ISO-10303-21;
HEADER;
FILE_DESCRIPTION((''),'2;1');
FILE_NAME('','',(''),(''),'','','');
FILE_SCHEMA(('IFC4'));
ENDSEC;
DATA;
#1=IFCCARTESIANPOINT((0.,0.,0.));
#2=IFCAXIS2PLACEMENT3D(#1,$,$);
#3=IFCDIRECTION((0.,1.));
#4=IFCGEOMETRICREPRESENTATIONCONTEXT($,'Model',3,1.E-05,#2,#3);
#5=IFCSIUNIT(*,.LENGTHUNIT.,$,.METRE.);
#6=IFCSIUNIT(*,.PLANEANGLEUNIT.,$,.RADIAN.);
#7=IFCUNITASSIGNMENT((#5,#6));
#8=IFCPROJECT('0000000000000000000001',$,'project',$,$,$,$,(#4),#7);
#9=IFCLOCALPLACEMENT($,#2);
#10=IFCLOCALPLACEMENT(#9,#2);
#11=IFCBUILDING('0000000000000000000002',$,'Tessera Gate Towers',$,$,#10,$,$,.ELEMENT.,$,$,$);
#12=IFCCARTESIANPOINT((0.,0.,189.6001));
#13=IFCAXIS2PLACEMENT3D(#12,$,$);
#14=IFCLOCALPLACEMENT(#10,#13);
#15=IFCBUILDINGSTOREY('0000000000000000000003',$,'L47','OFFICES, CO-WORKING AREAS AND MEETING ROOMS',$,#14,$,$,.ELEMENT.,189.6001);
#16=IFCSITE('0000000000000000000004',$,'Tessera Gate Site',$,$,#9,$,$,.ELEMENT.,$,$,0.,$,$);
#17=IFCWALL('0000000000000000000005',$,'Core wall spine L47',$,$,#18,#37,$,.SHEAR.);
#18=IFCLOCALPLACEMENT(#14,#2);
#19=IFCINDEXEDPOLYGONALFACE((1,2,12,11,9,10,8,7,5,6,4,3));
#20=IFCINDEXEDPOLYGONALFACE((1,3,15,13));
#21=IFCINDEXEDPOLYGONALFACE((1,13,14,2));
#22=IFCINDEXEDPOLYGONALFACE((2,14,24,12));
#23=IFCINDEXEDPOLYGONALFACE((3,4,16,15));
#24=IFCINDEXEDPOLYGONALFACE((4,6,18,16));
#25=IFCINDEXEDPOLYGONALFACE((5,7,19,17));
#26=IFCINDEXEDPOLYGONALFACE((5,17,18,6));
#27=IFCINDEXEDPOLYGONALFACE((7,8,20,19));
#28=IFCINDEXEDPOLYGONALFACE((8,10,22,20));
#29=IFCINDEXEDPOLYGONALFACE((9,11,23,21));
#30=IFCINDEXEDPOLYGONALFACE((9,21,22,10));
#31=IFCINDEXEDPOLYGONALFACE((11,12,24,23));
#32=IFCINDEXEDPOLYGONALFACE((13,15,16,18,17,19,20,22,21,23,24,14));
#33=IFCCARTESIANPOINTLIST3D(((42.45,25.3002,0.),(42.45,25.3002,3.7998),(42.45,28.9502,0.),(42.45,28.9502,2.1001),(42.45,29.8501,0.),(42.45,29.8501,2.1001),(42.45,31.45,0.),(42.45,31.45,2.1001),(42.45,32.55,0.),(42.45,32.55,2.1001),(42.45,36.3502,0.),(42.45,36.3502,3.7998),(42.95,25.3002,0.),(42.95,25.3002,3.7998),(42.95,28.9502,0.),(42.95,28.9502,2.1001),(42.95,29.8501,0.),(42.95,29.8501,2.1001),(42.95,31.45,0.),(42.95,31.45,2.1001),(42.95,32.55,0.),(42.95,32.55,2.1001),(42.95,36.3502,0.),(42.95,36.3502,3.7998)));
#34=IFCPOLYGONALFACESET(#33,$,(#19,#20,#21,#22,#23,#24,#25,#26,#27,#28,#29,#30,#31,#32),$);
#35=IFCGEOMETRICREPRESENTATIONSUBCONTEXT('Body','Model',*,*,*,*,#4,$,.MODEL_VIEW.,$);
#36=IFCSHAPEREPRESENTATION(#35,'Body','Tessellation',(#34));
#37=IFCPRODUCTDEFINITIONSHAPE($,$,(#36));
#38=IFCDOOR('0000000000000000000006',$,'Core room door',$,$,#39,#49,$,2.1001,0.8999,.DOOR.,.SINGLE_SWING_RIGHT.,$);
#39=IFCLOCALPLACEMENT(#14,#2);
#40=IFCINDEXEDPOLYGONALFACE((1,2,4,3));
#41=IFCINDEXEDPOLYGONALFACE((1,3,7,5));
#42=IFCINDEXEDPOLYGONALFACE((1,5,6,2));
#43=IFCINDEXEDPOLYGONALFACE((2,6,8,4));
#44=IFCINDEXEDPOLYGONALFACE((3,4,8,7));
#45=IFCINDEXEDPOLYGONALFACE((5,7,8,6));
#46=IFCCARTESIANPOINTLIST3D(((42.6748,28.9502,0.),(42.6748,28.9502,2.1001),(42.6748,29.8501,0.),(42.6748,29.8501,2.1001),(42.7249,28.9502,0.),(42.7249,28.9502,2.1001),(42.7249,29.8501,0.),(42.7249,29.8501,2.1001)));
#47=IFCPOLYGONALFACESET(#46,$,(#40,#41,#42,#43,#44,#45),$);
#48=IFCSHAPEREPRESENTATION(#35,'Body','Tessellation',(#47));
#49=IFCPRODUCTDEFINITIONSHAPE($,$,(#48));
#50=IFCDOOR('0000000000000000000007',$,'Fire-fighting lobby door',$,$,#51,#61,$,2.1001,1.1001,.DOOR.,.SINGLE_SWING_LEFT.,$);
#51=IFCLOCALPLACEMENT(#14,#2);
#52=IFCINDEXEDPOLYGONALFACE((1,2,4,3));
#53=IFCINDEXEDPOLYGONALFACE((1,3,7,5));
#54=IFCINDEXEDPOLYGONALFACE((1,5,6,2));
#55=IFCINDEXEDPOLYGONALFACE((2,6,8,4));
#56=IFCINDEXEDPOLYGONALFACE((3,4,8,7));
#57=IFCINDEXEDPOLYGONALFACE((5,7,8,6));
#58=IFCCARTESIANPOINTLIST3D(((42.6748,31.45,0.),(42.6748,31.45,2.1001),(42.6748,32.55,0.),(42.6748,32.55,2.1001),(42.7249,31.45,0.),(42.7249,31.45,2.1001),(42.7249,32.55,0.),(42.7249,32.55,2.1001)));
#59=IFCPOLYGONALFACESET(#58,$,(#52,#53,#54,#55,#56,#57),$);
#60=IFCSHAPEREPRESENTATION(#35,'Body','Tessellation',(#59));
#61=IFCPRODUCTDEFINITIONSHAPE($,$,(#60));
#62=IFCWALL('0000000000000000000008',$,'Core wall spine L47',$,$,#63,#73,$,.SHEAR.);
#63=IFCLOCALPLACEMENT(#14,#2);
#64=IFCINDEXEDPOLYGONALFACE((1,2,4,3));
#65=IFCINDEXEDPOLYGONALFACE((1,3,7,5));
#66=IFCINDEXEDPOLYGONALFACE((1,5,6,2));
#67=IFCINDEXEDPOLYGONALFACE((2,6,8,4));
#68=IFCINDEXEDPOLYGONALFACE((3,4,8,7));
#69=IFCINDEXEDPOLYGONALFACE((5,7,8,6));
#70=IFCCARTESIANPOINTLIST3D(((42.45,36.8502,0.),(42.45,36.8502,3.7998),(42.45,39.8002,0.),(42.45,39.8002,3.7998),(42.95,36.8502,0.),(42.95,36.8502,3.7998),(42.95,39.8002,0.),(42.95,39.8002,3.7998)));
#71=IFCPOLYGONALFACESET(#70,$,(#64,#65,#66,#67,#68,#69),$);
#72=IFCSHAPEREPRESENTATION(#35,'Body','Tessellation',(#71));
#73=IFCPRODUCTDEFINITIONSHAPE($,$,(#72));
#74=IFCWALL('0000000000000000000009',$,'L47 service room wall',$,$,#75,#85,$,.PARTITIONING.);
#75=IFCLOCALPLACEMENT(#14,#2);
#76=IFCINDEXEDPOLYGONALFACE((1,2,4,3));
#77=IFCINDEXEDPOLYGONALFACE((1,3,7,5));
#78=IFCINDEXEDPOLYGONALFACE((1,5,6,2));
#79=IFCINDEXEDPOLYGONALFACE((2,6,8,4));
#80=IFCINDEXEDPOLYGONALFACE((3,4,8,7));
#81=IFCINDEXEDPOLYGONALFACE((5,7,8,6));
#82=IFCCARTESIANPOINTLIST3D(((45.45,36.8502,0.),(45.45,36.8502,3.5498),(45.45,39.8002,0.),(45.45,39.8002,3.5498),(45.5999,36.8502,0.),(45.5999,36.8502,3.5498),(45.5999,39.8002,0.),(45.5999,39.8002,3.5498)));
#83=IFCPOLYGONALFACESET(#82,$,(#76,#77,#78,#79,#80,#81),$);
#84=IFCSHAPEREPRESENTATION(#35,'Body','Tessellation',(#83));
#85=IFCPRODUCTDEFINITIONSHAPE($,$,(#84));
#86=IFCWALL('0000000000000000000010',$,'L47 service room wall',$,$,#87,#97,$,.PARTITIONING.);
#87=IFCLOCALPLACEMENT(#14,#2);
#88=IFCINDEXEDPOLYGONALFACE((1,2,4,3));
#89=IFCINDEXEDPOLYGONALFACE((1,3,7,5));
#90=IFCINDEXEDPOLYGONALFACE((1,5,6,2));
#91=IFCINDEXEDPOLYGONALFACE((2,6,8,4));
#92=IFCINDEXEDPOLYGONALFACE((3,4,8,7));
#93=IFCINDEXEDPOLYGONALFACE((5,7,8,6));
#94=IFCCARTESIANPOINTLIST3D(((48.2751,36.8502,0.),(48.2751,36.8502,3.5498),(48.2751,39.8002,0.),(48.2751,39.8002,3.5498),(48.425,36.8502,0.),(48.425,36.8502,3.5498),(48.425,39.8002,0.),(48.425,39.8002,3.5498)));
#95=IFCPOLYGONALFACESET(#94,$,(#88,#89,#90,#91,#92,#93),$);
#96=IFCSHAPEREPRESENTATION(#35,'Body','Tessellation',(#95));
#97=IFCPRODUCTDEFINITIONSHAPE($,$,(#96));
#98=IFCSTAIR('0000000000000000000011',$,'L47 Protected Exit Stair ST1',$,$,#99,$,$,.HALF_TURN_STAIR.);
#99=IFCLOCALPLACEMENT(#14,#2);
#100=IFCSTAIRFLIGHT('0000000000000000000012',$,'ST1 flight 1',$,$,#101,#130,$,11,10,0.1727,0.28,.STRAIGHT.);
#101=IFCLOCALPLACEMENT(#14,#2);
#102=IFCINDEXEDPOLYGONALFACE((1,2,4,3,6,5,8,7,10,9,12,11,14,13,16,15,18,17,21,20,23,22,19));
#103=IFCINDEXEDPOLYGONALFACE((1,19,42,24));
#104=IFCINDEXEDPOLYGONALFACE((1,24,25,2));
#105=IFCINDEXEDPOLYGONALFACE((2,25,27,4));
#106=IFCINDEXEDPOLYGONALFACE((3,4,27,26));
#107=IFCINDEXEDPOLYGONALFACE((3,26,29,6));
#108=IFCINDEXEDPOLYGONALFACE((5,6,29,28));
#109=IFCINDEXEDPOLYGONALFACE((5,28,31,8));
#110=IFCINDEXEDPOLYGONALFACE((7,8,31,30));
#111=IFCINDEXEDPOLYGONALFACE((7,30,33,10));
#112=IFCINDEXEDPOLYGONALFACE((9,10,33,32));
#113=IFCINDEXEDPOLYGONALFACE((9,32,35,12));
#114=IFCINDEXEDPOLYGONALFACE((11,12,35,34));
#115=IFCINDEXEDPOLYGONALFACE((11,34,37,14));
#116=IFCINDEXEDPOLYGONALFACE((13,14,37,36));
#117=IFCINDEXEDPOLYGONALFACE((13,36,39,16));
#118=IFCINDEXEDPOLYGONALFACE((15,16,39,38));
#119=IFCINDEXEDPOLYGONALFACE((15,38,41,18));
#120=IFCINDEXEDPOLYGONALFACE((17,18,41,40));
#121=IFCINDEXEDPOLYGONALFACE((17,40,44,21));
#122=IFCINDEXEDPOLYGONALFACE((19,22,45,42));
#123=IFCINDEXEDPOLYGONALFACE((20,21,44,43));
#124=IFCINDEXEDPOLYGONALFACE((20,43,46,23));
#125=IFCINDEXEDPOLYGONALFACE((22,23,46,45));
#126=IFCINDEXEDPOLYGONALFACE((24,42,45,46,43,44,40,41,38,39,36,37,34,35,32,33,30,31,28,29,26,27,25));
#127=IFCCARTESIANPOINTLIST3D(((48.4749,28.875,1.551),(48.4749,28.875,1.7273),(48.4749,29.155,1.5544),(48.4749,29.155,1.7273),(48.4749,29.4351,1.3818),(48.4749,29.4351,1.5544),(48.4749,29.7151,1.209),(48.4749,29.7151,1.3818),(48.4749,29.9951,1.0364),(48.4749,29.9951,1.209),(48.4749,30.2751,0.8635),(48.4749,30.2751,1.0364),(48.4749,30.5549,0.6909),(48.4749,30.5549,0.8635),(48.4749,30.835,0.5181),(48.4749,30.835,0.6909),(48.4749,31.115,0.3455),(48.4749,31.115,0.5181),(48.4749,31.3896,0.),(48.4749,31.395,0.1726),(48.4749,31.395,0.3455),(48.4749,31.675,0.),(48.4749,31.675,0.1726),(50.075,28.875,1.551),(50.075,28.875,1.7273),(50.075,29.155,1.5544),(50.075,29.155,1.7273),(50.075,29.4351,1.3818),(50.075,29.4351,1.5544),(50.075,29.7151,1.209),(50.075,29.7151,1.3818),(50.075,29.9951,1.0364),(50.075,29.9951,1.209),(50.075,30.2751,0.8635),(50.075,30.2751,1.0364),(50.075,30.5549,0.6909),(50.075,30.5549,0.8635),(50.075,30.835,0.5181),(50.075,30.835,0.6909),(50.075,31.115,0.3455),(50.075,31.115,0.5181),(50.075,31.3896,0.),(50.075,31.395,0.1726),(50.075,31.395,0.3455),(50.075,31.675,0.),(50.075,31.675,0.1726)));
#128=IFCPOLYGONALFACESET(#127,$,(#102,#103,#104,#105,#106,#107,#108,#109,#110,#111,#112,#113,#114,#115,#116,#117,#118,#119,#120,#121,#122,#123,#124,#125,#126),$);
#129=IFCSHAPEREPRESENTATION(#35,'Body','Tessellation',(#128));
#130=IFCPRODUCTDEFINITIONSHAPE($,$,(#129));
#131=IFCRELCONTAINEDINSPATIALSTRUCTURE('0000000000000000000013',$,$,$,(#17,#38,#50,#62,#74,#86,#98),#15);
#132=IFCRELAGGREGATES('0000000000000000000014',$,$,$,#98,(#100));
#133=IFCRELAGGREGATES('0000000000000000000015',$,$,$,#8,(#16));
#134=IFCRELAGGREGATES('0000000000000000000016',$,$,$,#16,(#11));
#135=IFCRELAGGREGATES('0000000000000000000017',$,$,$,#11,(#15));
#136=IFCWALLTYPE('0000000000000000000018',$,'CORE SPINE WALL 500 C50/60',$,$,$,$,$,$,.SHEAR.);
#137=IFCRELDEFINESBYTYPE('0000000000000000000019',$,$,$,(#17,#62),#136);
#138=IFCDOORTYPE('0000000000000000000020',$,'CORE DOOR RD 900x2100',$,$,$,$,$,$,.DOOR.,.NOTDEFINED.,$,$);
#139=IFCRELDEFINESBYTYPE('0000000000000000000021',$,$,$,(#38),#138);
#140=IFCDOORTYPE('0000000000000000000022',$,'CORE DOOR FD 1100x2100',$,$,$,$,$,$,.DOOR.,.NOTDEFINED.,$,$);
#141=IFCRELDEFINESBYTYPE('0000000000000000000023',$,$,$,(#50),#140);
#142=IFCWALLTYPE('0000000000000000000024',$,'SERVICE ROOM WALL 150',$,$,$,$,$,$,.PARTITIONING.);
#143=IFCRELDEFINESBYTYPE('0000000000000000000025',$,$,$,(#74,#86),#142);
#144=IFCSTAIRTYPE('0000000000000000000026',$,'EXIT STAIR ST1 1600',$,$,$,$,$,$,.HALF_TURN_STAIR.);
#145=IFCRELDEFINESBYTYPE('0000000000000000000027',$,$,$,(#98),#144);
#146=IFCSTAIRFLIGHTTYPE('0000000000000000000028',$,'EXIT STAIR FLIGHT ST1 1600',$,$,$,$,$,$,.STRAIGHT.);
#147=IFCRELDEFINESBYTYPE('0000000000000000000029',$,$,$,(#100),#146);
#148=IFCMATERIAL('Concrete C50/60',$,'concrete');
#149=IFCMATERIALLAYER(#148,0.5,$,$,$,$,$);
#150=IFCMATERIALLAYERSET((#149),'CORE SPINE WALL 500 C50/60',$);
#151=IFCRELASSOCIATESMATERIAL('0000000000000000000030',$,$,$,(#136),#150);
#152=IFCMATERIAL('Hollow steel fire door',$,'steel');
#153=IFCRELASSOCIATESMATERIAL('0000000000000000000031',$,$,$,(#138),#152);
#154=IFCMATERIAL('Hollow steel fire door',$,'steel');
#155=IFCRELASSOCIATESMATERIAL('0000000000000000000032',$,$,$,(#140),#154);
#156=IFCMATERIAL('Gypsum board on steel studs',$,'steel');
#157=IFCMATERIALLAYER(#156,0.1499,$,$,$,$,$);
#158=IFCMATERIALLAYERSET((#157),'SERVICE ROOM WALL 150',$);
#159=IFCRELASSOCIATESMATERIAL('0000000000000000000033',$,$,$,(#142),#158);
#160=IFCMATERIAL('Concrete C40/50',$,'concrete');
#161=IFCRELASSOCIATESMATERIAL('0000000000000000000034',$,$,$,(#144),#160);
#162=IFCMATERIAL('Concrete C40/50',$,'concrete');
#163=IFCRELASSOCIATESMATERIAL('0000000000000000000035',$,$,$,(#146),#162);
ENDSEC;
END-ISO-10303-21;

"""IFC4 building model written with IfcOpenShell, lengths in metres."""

from ifc_helpers import new_model, si_unit, direction, frame, frame_2d, origin, place, context, subcontext, project, spatial, polyline, rectangle, outline, extrude, source, transform, mapped, material, layer, layer_set, type_object, element, fill, aggregate, save


model = new_model("IFC4")

# Units and contexts
model_context = context("Model", 3, precision=1e-05, world=origin(), true_north=direction((0.0, 1.0)))
body_context = subcontext(model_context, "Body", "Model", "MODEL_VIEW")
ifc_project = project(units=[si_unit("LENGTHUNIT", "METRE"), si_unit("PLANEANGLEUNIT", "RADIAN")], contexts=[model_context])

# Site, building, storey
site_placement = place(None, origin())
site = spatial("IfcSite", under=ifc_project, at=site_placement, Name="Tessera Gate Site", CompositionType="ELEMENT", RefElevation=0.0)
building_placement = place(site_placement, origin())
building = spatial("IfcBuilding", under=site, at=building_placement, Name="Tessera Gate Towers", CompositionType="ELEMENT")
storey_placement = place(building_placement, frame((0.0, 0.0, 189.6001)))
storey = spatial("IfcBuildingStorey", under=building, at=storey_placement, Name="L47", Description="OFFICES, CO-WORKING AREAS AND MEETING ROOMS", CompositionType="ELEMENT", Elevation=189.6001)

# Wall, openings, doors
ifc_material_1 = material(Name="Concrete C50/60", Category="concrete")
ifc_layer_1 = layer(ifc_material_1, 0.5)
ifc_layer_set_1 = layer_set([ifc_layer_1], Name="CORE SPINE WALL 500 C50/60")
wall_type_1 = type_object("IfcWallType", Name="CORE SPINE WALL 500 C50/60", PredefinedType="SHEAR", material=ifc_layer_set_1)
wall_1_placement = place(storey_placement, frame((42.7, 36.3501, 0.0), z_axis=(0.0, 0.0, 1.0), x_axis=(0.0, -1.0, 0.0)))
wall_1 = element("IfcWall", 1, at=wall_1_placement, inside=storey, type_object=wall_type_1, Name="Core wall spine L47", PredefinedType="SHEAR", context=body_context, shape_type="SweptSolid", body=[
    extrude(rectangle(XDim=11.05, YDim=0.5, at=frame_2d((5.5249, 0.0))), origin(), (0.0, 0.0, 1.0), 3.7998),
])
shared_shape_1 = source(origin(), body_context, "Body", "SweptSolid", [
    extrude(rectangle(XDim=0.8999, YDim=2.1001, at=frame_2d((0.45, 1.05))), frame((0.0, 0.26, 0.0), z_axis=(0.0, -1.0, 0.0), x_axis=(1.0, 0.0, 0.0)), (0.0, 0.0, 1.0), 0.52),
])
opening_1_placement = place(wall_1_placement, frame((6.5, 0.0, 0.0)))
opening_1 = element("IfcOpeningElement", 2, at=opening_1_placement, cuts=wall_1, PredefinedType="OPENING", context=body_context, shape_type="MappedRepresentation", body=[
    mapped(shared_shape_1, transform((0.0, 0.0, 0.0), scale=1.0)),
])
shared_shape_2 = source(origin(), body_context, "Body", "SweptSolid", [
    extrude(rectangle(XDim=1.1001, YDim=2.1001, at=frame_2d((0.55, 1.05))), frame((0.0, 0.26, 0.0), z_axis=(0.0, -1.0, 0.0), x_axis=(1.0, 0.0, 0.0)), (0.0, 0.0, 1.0), 0.52),
])
opening_2_placement = place(wall_1_placement, frame((3.8, 0.0, 0.0)))
opening_2 = element("IfcOpeningElement", 3, at=opening_2_placement, cuts=wall_1, PredefinedType="OPENING", context=body_context, shape_type="MappedRepresentation", body=[
    mapped(shared_shape_2, transform((0.0, 0.0, 0.0), scale=1.0)),
])
ifc_material_2 = material(Name="Hollow steel fire door", Category="steel")
door_type_1 = type_object("IfcDoorType", Name="CORE DOOR RD 900x2100", OperationType="NOTDEFINED", PredefinedType="DOOR", material=ifc_material_2)
shared_shape_3 = source(origin(), body_context, "Body", "SweptSolid", [
    extrude(rectangle(XDim=0.8999, YDim=2.1001, at=frame_2d((0.45, 1.05))), frame((0.0, 0.0249, 0.0), z_axis=(0.0, -1.0, 0.0), x_axis=(1.0, 0.0, 0.0)), (0.0, 0.0, 1.0), 0.05),
])
door_1_placement = place(opening_1_placement, origin())
door_1 = element("IfcDoor", 4, at=door_1_placement, inside=storey, type_object=door_type_1, Name="Core room door", OperationType="SINGLE_SWING_RIGHT", OverallHeight=2.1001, OverallWidth=0.8999, PredefinedType="DOOR", context=body_context, shape_type="MappedRepresentation", body=[
    mapped(shared_shape_3, transform((0.0, 0.0, 0.0), scale=1.0)),
])
fill(opening_1, door_1)
ifc_material_3 = material(Name="Hollow steel fire door", Category="steel")
door_type_2 = type_object("IfcDoorType", Name="CORE DOOR FD 1100x2100", OperationType="NOTDEFINED", PredefinedType="DOOR", material=ifc_material_3)
shared_shape_4 = source(origin(), body_context, "Body", "SweptSolid", [
    extrude(rectangle(XDim=1.1001, YDim=2.1001, at=frame_2d((0.55, 1.05))), frame((0.0, 0.0249, 0.0), z_axis=(0.0, -1.0, 0.0), x_axis=(1.0, 0.0, 0.0)), (0.0, 0.0, 1.0), 0.05),
])
door_2_placement = place(opening_2_placement, origin())
door_2 = element("IfcDoor", 5, at=door_2_placement, inside=storey, type_object=door_type_2, Name="Fire-fighting lobby door", OperationType="SINGLE_SWING_LEFT", OverallHeight=2.1001, OverallWidth=1.1001, PredefinedType="DOOR", context=body_context, shape_type="MappedRepresentation", body=[
    mapped(shared_shape_4, transform((0.0, 0.0, 0.0), scale=1.0)),
])
fill(opening_2, door_2)

# Walls
wall_2_placement = place(storey_placement, frame((42.7, 36.8501, 0.0), z_axis=(0.0, 0.0, 1.0), x_axis=(0.0, 1.0, 0.0)))
element("IfcWall", 6, at=wall_2_placement, inside=storey, type_object=wall_type_1, Name="Core wall spine L47", PredefinedType="SHEAR", context=body_context, shape_type="SweptSolid", body=[
    extrude(rectangle(XDim=2.95, YDim=0.5, at=frame_2d((1.4751, 0.0))), origin(), (0.0, 0.0, 1.0), 3.7998),
])
ifc_material_4 = material(Name="Gypsum board on steel studs", Category="steel")
ifc_layer_2 = layer(ifc_material_4, 0.1499)
ifc_layer_set_2 = layer_set([ifc_layer_2], Name="SERVICE ROOM WALL 150")
wall_type_2 = type_object("IfcWallType", Name="SERVICE ROOM WALL 150", PredefinedType="PARTITIONING", material=ifc_layer_set_2)
for number, where, z_axis, x_axis, name in (
    (7, (45.5249, 36.8501, 0.0), (0.0, 0.0, 1.0), (0.0, 1.0, 0.0), "L47 service room wall"),
    (8, (48.3501, 36.8501, 0.0), (0.0, 0.0, 1.0), (0.0, 1.0, 0.0), "L47 service room wall"),
):
    element("IfcWall", number, at=place(storey_placement, frame(where, z_axis=z_axis, x_axis=x_axis)), inside=storey, type_object=wall_type_2, Name=name, PredefinedType="PARTITIONING", context=body_context, shape_type="SweptSolid", body=[
        extrude(rectangle(XDim=2.95, YDim=0.1499, at=frame_2d((1.4751, 0.0))), origin(), (0.0, 0.0, 1.0), 3.5498),
    ])

# Stair, stair flight
ifc_material_5 = material(Name="Concrete C40/50", Category="concrete")
stair_type = type_object("IfcStairType", Name="EXIT STAIR ST1 1600", PredefinedType="HALF_TURN_STAIR", material=ifc_material_5)
stair_placement = place(storey_placement, origin())
stair = element("IfcStair", 9, at=stair_placement, inside=storey, type_object=stair_type, Name="L47 Protected Exit Stair ST1", PredefinedType="HALF_TURN_STAIR")
ifc_material_6 = material(Name="Concrete C40/50", Category="concrete")
stair_flight_type = type_object("IfcStairFlightType", Name="EXIT STAIR FLIGHT ST1 1600", PredefinedType="STRAIGHT", material=ifc_material_6)
stair_flight_placement = place(storey_placement, frame((49.2749, 31.675, 0.0), z_axis=(0.0, 0.0, 1.0), x_axis=(0.0, -1.0, 0.0)))
stair_flight = element("IfcStairFlight", 10, at=stair_flight_placement, type_object=stair_flight_type, Name="ST1 flight 1", NumberOfRisers=11, NumberOfTreads=10, PredefinedType="STRAIGHT", RiserHeight=0.1727, TreadLength=0.28, context=body_context, shape_type="SweptSolid", body=[
    extrude(outline(polyline([(0.0, 0.0), (0.0, 0.1726), (0.28, 0.1726), (0.28, 0.3455), (0.5601, 0.3455), (0.5601, 0.5181), (0.8401, 0.5181), (0.8401, 0.6909), (1.1201, 0.6909), (1.1201, 0.8635), (1.3999, 0.8635), (1.3999, 1.0364), (1.6799, 1.0364), (1.6799, 1.209), (1.96, 1.209), (1.96, 1.3818), (2.24, 1.3818), (2.24, 1.5544), (2.52, 1.5544), (2.52, 1.7273), (2.8, 1.7273), (2.8, 1.8999), (2.8, 1.551), (0.2854, 0.0), (0.0, 0.0)])), frame((0.0, 0.8, 0.0), z_axis=(0.0, -1.0, 0.0), x_axis=(1.0, 0.0, 0.0)), (0.0, 0.0, 1.0), 1.6001),
])
aggregate(stair, [stair_flight])

save(model, "model.ifc")
